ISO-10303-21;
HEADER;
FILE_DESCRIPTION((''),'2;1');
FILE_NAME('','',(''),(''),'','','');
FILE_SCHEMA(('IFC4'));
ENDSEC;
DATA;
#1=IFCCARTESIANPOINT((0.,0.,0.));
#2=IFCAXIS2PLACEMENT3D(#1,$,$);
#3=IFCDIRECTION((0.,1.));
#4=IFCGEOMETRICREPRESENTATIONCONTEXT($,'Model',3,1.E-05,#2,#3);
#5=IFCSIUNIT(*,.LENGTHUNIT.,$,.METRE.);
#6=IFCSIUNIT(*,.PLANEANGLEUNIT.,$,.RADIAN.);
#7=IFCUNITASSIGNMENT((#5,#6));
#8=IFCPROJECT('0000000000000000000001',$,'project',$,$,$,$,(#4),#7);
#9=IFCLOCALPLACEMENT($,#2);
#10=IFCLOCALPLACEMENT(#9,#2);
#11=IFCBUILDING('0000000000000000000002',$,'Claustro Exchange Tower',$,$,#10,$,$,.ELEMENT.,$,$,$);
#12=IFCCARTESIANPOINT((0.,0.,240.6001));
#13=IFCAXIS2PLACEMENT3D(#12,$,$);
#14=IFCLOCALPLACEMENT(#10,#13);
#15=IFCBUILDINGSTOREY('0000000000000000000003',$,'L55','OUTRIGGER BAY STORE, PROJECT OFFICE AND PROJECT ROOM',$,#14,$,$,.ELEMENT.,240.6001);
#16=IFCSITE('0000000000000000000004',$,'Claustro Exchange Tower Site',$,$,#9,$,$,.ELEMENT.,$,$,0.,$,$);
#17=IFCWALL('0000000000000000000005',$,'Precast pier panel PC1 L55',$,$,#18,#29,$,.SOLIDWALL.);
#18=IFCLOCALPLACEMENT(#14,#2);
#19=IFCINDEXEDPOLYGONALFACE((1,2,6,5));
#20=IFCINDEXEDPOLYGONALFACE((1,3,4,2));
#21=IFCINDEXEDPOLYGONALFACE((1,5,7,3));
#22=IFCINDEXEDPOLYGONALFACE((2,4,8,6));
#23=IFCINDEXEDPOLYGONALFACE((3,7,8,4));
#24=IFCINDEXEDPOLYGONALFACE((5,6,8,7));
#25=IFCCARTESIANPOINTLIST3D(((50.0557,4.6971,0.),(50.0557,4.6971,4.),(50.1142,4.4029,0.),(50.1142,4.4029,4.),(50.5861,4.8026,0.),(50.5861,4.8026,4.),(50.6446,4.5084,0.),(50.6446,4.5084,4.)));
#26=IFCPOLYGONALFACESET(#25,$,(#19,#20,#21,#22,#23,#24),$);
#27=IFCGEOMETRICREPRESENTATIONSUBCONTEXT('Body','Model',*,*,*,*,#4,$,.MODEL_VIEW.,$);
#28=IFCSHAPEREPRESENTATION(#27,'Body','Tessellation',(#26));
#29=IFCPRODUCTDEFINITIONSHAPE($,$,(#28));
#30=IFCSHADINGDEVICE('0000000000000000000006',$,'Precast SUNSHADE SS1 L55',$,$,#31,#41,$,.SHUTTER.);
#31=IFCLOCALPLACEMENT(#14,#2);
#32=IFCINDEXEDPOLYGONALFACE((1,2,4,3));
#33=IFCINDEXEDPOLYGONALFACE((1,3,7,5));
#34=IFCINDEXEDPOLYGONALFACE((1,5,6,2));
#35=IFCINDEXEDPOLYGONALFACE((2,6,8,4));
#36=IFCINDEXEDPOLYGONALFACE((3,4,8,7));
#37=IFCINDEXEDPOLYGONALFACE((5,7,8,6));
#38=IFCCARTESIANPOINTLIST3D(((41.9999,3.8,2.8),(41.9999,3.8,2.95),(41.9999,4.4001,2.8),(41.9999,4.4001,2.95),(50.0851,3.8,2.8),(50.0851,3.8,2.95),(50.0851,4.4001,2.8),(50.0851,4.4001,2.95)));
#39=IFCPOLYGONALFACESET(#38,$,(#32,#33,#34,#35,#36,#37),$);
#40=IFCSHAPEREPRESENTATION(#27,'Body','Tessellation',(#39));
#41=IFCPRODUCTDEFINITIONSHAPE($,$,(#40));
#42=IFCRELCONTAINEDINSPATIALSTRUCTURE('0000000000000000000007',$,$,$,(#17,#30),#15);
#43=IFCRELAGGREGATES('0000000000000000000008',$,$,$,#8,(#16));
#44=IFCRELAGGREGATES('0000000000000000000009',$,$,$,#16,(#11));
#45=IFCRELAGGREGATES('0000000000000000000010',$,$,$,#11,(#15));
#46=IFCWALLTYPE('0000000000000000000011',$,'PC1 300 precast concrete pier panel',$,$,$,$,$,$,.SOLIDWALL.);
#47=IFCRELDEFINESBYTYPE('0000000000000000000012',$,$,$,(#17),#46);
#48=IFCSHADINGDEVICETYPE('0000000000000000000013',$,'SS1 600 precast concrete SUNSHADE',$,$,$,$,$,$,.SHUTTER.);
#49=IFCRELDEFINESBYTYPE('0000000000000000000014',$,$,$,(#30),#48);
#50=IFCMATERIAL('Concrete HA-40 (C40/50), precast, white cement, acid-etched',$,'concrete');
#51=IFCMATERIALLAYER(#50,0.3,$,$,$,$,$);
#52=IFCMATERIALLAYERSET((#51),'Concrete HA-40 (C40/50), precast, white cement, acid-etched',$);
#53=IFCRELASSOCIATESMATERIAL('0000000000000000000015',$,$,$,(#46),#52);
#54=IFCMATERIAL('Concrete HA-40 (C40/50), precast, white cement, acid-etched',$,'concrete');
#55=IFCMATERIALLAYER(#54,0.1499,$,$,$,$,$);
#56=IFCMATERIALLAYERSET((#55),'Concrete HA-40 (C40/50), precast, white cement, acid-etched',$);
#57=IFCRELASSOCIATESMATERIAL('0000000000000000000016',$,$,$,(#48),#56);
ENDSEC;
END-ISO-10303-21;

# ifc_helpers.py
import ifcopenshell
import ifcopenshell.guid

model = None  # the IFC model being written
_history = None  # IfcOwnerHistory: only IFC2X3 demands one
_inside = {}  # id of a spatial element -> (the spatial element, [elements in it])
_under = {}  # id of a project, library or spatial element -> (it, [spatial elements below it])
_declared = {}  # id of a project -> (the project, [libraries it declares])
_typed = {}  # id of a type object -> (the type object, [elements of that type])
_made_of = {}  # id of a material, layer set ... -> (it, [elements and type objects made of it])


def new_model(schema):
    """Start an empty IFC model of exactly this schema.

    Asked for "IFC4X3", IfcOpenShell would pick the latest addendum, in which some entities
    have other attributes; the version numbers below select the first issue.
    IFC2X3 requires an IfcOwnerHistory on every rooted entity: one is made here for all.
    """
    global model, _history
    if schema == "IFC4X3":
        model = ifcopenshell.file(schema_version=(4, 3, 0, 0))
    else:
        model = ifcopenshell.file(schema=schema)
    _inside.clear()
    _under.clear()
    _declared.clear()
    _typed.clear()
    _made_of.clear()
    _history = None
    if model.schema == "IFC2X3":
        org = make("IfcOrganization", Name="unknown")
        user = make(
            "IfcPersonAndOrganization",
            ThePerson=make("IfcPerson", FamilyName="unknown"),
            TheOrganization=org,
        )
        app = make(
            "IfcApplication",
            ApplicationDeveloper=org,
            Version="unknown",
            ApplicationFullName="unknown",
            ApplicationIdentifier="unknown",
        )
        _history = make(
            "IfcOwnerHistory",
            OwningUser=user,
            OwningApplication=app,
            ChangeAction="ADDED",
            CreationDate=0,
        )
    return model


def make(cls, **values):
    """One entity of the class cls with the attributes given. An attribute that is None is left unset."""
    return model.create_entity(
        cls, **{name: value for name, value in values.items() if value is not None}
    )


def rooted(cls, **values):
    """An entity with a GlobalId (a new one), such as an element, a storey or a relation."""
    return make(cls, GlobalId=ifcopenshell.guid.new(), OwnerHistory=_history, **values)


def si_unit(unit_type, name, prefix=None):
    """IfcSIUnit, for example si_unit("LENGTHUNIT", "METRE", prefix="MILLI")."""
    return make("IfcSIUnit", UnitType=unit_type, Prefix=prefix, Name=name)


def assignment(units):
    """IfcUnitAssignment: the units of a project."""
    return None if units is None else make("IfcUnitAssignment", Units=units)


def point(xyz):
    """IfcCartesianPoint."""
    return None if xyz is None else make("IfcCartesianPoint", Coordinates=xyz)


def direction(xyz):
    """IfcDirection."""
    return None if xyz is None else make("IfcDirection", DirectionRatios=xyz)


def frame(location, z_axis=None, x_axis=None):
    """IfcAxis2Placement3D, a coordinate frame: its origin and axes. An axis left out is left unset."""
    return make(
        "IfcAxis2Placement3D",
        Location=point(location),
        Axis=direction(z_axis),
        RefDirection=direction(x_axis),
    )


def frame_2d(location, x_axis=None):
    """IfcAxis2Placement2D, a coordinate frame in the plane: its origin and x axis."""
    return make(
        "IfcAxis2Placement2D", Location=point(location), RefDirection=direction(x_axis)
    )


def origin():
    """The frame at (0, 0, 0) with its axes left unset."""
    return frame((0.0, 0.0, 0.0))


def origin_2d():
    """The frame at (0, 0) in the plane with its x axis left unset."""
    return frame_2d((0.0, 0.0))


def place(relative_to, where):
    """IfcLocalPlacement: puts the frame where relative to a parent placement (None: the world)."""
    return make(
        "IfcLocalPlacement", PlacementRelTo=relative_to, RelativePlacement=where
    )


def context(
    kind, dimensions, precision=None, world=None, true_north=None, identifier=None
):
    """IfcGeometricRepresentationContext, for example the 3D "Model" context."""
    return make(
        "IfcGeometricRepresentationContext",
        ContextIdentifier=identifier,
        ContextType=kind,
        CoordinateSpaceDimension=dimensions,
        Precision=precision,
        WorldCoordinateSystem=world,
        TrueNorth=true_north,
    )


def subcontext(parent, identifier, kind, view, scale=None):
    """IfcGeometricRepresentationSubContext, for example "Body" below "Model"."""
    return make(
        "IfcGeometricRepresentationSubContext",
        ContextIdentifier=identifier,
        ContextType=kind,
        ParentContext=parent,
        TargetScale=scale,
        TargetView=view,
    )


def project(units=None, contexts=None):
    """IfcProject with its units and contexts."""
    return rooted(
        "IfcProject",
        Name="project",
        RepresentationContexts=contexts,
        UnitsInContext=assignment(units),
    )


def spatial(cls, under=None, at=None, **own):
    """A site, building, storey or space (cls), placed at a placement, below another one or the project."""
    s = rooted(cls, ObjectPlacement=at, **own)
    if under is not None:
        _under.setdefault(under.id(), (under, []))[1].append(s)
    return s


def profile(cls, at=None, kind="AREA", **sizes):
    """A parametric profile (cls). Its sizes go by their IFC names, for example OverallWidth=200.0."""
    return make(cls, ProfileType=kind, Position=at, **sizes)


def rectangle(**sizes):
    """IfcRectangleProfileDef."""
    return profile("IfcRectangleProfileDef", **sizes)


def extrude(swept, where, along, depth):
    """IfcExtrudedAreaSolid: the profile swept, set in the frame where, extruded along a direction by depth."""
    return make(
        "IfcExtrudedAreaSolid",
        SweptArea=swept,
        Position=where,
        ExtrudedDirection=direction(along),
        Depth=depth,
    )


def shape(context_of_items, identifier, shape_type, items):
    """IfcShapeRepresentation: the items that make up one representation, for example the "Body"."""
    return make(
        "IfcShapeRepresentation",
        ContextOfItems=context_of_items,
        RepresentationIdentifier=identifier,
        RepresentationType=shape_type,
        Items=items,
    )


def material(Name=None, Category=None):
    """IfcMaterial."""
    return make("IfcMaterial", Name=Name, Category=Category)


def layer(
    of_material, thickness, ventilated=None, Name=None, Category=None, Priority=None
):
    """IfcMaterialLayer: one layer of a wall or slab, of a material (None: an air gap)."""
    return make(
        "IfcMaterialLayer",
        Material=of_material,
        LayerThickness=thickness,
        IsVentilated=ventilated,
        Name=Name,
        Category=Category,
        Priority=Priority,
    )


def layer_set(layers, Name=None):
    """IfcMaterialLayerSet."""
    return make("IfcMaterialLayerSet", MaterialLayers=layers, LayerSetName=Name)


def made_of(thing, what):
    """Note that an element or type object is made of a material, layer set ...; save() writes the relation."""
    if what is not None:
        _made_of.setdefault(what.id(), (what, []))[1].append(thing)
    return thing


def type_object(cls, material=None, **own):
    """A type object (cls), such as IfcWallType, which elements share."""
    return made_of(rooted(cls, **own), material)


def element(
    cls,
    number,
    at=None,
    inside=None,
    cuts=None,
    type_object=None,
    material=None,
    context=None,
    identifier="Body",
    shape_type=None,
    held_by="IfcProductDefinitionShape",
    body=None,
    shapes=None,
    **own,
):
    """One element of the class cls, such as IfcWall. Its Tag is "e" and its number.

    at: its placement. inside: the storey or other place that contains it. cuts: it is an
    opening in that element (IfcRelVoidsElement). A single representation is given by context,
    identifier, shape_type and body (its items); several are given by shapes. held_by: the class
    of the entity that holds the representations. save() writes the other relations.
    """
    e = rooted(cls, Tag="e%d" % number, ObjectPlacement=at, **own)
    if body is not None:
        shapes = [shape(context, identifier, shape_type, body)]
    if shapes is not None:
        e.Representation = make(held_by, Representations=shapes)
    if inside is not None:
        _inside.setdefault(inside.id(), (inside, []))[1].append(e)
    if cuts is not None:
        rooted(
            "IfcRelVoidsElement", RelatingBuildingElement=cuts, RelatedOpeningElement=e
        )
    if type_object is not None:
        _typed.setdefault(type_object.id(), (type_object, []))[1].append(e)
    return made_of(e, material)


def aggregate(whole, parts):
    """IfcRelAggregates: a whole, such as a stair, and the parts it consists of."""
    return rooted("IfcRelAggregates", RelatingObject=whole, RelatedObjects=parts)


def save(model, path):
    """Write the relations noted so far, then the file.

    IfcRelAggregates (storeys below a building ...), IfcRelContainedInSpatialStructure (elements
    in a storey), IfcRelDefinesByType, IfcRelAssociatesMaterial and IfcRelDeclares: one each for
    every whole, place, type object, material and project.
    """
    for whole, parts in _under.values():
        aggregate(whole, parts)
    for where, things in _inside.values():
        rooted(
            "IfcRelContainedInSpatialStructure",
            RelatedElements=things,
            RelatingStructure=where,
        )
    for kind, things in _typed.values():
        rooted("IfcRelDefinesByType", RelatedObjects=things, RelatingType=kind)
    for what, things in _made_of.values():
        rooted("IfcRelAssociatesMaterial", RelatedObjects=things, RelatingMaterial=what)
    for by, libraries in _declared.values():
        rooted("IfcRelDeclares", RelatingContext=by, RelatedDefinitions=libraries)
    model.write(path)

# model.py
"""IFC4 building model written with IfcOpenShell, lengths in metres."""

from ifc_helpers import new_model, si_unit, direction, frame, frame_2d, origin, origin_2d, place, context, subcontext, project, spatial, rectangle, extrude, material, layer, layer_set, type_object, element, save


model = new_model("IFC4")

# Units and contexts
model_context = context("Model", 3, precision=1e-05, world=origin(), true_north=direction((0.0, 1.0)))
body_context = subcontext(model_context, "Body", "Model", "MODEL_VIEW")
ifc_project = project(units=[si_unit("LENGTHUNIT", "METRE"), si_unit("PLANEANGLEUNIT", "RADIAN")], contexts=[model_context])

# Site, building, storey
site_placement = place(None, origin())
site = spatial("IfcSite", under=ifc_project, at=site_placement, Name="Claustro Exchange Tower Site", CompositionType="ELEMENT", RefElevation=0.0)
building_placement = place(site_placement, origin())
building = spatial("IfcBuilding", under=site, at=building_placement, Name="Claustro Exchange Tower", CompositionType="ELEMENT")
storey_placement = place(building_placement, frame((0.0, 0.0, 240.6001)))
storey = spatial("IfcBuildingStorey", under=building, at=storey_placement, Name="L55", Description="OUTRIGGER BAY STORE, PROJECT OFFICE AND PROJECT ROOM", CompositionType="ELEMENT", Elevation=240.6001)

# Shared definitions
ifc_material_1 = material(Name="Concrete HA-40 (C40/50), precast, white cement, acid-etched", Category="concrete")
ifc_layer_1 = layer(ifc_material_1, 0.3)
ifc_layer_set_1 = layer_set([ifc_layer_1], Name="Concrete HA-40 (C40/50), precast, white cement, acid-etched")
wall_type_1 = type_object("IfcWallType", Name="PC1 300 precast concrete pier panel", PredefinedType="SOLIDWALL", material=ifc_layer_set_1)

# Wall
wall_1_placement = place(storey_placement, frame((50.6155, 4.6555, 0.0), z_axis=(0.0, 0.0, 1.0), x_axis=(-0.980789, -0.195074, 0.0)))
element("IfcWall", 1, at=wall_1_placement, inside=storey, type_object=wall_type_1, Name="Precast pier panel PC1 L55", PredefinedType="SOLIDWALL", context=body_context, shape_type="SweptSolid", body=[
    extrude(rectangle(XDim=0.5408, YDim=0.3, at=frame_2d((0.2705, 0.0))), origin(), (0.0, 0.0, 1.0), 4.0),
])

# Shading device
ifc_material_2 = material(Name="Concrete HA-40 (C40/50), precast, white cement, acid-etched", Category="concrete")
ifc_layer_2 = layer(ifc_material_2, 0.1499)
ifc_layer_set_2 = layer_set([ifc_layer_2], Name="Concrete HA-40 (C40/50), precast, white cement, acid-etched")
shading_device_type = type_object("IfcShadingDeviceType", Name="SS1 600 precast concrete SUNSHADE", PredefinedType="SHUTTER", material=ifc_layer_set_2)
shading_device_placement = place(storey_placement, frame((46.0425, 4.1001, 2.8), z_axis=(0.0, 0.0, 1.0), x_axis=(-1.0, 0.0, 0.0)))
element("IfcShadingDevice", 2, at=shading_device_placement, inside=storey, type_object=shading_device_type, Name="Precast SUNSHADE SS1 L55", PredefinedType="SHUTTER", context=body_context, shape_type="SweptSolid", body=[
    extrude(rectangle(XDim=8.0852, YDim=0.6001, at=origin_2d()), origin(), (0.0, 0.0, 1.0), 0.1499),
])

save(model, "model.ifc")
